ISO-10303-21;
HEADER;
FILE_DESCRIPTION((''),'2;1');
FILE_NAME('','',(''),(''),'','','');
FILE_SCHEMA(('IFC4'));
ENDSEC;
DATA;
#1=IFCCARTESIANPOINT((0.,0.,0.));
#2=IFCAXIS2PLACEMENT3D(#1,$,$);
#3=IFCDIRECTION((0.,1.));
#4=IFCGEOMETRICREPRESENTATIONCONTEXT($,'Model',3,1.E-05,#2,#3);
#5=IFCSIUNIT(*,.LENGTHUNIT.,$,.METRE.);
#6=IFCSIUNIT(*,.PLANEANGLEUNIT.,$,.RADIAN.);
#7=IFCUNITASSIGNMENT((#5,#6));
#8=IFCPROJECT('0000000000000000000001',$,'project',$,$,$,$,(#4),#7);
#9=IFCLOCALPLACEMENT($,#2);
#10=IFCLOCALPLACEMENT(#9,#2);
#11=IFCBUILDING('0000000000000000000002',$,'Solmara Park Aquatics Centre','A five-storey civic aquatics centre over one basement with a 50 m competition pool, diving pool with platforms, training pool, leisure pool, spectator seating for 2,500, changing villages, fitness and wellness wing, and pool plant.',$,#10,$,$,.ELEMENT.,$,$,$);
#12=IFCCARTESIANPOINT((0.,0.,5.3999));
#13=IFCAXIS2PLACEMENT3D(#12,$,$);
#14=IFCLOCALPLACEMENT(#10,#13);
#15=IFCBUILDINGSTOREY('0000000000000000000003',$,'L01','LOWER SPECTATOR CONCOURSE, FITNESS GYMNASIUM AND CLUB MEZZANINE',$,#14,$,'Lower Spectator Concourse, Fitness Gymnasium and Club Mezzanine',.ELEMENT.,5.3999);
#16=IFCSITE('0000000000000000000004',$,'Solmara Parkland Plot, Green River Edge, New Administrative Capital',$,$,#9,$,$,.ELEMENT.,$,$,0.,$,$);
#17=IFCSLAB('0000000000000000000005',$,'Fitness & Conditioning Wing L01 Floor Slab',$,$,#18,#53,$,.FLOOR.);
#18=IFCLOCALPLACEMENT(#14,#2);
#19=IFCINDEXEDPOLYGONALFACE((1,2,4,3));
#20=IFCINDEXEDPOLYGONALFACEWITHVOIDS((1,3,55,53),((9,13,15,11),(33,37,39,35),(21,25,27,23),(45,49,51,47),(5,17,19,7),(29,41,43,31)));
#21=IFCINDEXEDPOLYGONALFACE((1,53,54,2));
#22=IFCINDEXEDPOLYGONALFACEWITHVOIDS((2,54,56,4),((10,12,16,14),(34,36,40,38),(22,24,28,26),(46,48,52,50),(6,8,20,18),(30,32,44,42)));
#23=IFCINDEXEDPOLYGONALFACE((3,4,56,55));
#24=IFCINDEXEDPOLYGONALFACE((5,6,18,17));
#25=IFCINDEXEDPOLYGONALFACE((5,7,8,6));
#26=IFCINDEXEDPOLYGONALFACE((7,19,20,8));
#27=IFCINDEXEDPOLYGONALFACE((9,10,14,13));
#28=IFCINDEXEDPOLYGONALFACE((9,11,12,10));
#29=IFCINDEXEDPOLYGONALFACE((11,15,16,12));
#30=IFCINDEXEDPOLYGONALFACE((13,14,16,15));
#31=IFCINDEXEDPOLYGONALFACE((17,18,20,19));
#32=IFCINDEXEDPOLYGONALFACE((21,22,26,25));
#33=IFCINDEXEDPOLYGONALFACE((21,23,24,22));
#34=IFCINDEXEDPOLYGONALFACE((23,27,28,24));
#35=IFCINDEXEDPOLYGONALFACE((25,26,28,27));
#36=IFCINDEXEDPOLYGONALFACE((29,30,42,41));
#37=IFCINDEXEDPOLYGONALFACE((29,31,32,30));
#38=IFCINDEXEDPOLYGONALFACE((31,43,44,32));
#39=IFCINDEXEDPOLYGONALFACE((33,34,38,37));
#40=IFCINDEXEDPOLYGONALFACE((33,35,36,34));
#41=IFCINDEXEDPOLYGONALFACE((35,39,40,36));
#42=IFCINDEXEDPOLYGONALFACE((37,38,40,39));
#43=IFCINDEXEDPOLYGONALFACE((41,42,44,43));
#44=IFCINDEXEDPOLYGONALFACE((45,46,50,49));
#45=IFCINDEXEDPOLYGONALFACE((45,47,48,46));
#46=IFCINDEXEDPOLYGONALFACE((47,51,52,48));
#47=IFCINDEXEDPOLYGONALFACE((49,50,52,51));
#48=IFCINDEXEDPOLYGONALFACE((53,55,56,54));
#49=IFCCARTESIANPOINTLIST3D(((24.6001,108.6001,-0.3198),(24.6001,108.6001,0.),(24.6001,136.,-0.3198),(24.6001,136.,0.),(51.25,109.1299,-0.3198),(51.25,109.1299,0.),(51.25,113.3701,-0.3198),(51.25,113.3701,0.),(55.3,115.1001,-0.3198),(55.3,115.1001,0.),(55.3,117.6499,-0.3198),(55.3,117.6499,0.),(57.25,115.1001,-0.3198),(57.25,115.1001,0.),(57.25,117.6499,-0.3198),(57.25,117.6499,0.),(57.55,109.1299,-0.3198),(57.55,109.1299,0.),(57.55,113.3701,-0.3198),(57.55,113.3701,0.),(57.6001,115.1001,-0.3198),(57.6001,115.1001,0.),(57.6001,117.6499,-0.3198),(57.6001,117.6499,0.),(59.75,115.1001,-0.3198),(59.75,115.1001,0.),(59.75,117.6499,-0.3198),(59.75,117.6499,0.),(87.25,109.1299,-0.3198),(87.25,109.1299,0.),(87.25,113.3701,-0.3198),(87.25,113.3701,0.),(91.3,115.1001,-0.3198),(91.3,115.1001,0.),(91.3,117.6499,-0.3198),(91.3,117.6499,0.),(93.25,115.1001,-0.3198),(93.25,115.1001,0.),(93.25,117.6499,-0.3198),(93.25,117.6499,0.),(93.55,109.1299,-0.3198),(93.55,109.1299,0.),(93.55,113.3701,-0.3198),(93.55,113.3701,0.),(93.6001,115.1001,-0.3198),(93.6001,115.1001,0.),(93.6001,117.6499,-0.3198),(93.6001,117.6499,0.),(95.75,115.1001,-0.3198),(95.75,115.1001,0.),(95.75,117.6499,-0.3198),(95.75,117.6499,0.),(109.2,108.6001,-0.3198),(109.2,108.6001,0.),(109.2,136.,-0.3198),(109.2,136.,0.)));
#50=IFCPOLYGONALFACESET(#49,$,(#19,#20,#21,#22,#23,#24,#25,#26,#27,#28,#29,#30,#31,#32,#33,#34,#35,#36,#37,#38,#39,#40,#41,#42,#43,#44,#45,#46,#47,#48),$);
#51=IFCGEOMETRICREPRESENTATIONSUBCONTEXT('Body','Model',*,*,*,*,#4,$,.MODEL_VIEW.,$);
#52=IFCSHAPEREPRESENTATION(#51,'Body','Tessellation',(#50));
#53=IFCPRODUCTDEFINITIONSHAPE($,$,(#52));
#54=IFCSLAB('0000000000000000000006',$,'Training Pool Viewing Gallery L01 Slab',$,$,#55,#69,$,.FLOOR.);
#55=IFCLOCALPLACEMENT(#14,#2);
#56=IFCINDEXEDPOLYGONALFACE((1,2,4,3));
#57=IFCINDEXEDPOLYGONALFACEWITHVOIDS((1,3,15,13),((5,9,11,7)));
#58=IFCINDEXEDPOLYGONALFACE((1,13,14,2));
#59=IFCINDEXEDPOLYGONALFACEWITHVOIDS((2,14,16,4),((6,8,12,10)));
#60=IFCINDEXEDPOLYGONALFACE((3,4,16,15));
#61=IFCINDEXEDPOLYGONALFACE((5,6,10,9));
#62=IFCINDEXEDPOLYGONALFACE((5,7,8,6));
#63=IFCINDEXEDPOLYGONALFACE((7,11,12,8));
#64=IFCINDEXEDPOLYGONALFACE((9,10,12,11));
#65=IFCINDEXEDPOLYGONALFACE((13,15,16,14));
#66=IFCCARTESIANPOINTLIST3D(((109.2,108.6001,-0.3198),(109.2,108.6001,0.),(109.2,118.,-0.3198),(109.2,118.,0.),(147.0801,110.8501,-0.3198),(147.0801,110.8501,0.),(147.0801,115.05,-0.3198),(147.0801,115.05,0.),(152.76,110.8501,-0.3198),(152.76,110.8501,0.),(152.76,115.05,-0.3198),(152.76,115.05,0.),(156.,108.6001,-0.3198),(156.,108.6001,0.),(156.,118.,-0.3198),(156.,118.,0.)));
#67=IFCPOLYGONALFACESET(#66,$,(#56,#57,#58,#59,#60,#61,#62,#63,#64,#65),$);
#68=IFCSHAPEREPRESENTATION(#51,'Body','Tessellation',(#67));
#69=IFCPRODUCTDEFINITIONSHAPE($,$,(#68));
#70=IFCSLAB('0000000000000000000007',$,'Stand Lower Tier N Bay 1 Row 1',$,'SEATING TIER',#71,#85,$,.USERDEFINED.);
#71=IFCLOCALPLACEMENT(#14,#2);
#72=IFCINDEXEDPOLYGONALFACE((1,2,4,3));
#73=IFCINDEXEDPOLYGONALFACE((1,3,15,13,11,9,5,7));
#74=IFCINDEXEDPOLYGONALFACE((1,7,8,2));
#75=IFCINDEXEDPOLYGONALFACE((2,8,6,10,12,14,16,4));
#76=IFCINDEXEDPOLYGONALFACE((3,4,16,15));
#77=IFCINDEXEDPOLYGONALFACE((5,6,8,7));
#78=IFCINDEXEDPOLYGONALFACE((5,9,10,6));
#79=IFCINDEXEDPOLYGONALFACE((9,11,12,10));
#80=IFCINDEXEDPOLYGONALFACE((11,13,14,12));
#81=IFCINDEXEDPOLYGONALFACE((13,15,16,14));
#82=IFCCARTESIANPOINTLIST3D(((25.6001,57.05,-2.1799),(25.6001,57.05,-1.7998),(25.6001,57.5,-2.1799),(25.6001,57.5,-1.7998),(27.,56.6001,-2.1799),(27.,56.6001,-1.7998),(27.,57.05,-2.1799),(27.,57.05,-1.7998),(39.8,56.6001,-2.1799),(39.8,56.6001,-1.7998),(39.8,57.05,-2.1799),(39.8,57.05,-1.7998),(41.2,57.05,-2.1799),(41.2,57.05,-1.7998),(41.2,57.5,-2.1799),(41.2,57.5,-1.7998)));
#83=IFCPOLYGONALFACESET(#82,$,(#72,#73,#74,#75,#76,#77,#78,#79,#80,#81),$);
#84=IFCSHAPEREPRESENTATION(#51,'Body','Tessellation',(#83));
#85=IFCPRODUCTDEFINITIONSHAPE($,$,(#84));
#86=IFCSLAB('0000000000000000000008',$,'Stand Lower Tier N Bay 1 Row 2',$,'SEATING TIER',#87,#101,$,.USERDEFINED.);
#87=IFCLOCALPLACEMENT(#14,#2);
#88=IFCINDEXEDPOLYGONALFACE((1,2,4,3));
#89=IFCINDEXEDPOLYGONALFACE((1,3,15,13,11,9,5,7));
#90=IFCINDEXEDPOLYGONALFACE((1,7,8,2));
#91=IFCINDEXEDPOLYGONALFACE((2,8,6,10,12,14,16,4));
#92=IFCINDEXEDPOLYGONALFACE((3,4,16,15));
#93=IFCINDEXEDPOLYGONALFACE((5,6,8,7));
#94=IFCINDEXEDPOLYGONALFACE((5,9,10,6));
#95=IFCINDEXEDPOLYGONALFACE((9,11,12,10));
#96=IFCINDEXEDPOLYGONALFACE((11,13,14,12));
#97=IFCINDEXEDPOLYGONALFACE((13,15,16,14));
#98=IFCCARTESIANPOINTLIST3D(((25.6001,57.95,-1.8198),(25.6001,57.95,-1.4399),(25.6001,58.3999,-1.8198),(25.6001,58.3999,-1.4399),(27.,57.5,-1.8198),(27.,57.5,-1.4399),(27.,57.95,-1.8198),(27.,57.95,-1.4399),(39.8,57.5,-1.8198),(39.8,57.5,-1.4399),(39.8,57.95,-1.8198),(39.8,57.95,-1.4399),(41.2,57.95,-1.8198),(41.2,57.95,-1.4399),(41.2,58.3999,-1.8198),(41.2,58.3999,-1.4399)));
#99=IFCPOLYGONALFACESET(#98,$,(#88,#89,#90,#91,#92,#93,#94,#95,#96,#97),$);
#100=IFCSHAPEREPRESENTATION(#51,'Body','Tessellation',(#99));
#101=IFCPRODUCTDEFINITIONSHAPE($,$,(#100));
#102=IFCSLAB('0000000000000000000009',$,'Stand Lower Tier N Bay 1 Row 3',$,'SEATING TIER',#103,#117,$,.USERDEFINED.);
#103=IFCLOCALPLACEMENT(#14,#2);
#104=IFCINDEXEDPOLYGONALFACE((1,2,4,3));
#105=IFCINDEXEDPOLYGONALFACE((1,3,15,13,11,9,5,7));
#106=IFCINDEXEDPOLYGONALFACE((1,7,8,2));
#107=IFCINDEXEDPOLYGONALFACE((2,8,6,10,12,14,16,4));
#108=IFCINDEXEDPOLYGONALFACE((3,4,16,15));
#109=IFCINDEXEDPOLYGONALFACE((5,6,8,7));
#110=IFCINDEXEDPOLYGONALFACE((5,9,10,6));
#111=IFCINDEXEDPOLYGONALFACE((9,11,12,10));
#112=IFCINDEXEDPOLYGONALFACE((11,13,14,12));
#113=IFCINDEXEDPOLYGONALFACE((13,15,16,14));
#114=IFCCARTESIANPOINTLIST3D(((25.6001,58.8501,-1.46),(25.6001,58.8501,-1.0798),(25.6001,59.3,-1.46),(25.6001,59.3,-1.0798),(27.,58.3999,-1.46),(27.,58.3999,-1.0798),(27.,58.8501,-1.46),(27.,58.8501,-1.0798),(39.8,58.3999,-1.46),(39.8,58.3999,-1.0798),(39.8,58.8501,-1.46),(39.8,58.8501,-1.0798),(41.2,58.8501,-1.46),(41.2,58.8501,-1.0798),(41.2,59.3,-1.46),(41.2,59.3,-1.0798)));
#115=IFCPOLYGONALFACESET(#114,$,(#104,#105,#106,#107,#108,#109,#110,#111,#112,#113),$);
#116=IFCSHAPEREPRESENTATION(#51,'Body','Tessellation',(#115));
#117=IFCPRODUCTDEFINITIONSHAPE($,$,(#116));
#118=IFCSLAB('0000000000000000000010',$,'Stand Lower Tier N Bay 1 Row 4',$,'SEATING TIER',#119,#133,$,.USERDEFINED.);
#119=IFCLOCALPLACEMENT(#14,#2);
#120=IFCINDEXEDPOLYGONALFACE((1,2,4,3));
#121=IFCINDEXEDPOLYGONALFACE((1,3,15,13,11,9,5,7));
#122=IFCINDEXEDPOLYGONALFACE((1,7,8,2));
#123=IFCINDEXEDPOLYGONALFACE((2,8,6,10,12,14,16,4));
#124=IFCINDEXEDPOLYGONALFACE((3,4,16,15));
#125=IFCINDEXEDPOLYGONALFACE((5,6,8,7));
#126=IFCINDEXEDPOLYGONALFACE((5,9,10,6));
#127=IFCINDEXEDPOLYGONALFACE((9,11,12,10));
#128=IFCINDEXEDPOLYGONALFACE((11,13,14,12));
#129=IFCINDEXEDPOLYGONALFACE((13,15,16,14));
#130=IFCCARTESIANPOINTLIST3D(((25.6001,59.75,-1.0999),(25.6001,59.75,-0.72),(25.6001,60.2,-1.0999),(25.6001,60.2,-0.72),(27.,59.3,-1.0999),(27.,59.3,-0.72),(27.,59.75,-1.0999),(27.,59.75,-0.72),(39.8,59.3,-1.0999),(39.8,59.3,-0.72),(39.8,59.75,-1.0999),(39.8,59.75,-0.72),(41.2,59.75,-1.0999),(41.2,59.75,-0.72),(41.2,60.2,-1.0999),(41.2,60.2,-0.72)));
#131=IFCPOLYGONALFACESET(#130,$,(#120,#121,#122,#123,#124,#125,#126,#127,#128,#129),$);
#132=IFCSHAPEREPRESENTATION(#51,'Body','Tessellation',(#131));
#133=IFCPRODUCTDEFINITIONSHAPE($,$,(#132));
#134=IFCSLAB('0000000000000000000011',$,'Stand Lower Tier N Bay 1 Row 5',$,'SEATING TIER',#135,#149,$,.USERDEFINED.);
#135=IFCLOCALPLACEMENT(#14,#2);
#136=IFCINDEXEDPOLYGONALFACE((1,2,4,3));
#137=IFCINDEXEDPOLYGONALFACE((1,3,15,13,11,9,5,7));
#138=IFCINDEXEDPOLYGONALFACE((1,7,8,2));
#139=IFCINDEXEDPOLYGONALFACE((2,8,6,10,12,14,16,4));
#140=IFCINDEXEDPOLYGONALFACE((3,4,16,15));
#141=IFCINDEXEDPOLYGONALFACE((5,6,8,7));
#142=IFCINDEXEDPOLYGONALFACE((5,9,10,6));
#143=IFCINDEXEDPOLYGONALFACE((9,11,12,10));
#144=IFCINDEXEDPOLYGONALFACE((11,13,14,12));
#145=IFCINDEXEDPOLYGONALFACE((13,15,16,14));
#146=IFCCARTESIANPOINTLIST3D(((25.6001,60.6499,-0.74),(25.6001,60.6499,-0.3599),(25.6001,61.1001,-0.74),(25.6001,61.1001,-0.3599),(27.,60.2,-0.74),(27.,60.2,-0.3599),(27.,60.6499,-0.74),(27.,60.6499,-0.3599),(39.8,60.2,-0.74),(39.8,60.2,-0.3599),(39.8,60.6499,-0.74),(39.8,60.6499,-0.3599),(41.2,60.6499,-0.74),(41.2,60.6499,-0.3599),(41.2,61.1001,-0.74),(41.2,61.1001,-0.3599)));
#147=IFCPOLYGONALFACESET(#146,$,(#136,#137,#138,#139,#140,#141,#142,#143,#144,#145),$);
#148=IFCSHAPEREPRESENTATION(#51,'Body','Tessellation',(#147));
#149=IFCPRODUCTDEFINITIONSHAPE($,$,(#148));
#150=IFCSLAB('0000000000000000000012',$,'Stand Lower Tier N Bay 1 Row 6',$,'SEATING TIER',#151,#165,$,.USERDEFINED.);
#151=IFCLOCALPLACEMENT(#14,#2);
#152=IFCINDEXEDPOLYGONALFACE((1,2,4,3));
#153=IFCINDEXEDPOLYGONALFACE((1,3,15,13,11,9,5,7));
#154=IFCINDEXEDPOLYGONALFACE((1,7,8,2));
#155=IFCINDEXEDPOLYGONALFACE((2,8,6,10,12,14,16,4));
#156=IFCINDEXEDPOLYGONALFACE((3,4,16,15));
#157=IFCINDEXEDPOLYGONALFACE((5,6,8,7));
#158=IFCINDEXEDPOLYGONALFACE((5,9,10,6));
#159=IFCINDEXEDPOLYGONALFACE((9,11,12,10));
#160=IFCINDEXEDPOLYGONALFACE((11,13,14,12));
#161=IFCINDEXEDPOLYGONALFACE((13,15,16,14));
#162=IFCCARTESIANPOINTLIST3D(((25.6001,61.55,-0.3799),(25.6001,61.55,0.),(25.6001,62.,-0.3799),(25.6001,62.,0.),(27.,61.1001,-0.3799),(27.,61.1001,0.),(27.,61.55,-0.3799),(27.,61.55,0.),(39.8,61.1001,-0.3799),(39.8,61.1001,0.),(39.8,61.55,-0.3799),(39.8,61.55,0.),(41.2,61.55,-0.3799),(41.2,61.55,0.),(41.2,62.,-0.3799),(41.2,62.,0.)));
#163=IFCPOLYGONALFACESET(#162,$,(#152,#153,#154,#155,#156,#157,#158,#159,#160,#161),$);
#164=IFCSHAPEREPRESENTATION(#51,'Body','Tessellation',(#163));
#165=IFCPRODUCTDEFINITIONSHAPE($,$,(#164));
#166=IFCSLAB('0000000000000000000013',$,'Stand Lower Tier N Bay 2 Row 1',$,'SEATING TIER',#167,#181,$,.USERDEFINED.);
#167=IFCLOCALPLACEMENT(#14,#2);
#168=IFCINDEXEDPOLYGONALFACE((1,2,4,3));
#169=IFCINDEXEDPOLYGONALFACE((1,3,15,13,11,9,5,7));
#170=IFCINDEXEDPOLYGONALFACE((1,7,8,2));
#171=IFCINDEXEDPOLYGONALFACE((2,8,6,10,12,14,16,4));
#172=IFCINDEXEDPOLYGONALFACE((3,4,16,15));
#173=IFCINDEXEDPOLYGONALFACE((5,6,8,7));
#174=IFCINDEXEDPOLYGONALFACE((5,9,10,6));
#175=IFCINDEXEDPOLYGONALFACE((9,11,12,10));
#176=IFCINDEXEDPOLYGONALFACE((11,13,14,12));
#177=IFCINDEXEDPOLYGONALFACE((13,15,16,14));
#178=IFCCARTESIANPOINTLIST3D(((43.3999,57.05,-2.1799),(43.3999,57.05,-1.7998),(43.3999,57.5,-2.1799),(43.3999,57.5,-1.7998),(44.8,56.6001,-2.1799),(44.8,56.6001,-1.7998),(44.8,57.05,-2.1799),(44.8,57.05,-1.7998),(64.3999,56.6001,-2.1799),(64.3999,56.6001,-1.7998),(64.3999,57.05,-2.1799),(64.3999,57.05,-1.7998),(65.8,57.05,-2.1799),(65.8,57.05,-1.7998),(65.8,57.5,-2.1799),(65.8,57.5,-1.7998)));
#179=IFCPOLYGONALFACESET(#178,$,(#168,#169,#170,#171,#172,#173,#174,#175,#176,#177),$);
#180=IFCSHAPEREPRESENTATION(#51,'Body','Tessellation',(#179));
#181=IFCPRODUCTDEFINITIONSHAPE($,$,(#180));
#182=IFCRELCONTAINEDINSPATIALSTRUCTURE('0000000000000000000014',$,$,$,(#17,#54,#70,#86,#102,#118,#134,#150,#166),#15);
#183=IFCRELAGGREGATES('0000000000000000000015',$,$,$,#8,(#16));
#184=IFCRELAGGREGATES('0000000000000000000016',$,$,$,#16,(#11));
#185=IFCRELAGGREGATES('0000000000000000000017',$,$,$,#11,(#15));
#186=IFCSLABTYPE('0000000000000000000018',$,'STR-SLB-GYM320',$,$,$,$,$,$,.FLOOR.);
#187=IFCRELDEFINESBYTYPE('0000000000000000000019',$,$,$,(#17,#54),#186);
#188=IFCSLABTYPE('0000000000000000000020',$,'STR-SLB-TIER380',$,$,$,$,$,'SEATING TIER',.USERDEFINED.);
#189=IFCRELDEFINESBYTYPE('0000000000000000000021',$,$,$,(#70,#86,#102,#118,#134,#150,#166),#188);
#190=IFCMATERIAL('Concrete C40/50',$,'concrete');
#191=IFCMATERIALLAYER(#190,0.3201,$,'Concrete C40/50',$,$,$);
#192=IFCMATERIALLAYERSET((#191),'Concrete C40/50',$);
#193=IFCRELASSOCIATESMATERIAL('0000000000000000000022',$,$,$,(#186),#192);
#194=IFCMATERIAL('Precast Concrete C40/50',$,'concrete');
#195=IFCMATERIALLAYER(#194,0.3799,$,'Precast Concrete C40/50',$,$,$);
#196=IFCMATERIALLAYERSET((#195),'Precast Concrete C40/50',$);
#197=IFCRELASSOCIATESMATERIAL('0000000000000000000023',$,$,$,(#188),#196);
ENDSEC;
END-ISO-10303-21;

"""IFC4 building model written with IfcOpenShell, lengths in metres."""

from ifc_helpers import new_model, si_unit, direction, frame, origin, place, context, subcontext, project, spatial, polyline, outline, extrude, material, layer, layer_set, type_object, element, save


model = new_model("IFC4")

# Units and contexts
model_context = context("Model", 3, precision=1e-05, world=origin(), true_north=direction((0.0, 1.0)))
body_context = subcontext(model_context, "Body", "Model", "MODEL_VIEW")
ifc_project = project(units=[si_unit("LENGTHUNIT", "METRE"), si_unit("PLANEANGLEUNIT", "RADIAN")], contexts=[model_context])

# Site, building, storey
site_placement = place(None, origin())
site = spatial("IfcSite", under=ifc_project, at=site_placement, Name="Solmara Parkland Plot, Green River Edge, New Administrative Capital", CompositionType="ELEMENT", RefElevation=0.0)
building_placement = place(site_placement, origin())
building = spatial("IfcBuilding", under=site, at=building_placement, Name="Solmara Park Aquatics Centre", Description="A five-storey civic aquatics centre over one basement with a 50 m competition pool, diving pool with platforms, training pool, leisure pool, spectator seating for 2,500, changing villages, fitness and wellness wing, and pool plant.", CompositionType="ELEMENT")
storey_placement = place(building_placement, frame((0.0, 0.0, 5.3999)))
storey = spatial("IfcBuildingStorey", under=building, at=storey_placement, Name="L01", Description="LOWER SPECTATOR CONCOURSE, FITNESS GYMNASIUM AND CLUB MEZZANINE", LongName="Lower Spectator Concourse, Fitness Gymnasium and Club Mezzanine", CompositionType="ELEMENT", Elevation=5.3999)

# Slabs
ifc_material_1 = material(Name="Concrete C40/50", Category="concrete")
ifc_layer_1 = layer(ifc_material_1, 0.3201, Name="Concrete C40/50")
ifc_layer_set_1 = layer_set([ifc_layer_1], Name="Concrete C40/50")
slab_type_1 = type_object("IfcSlabType", Name="STR-SLB-GYM320", PredefinedType="FLOOR", material=ifc_layer_set_1)
slab_1_placement = place(storey_placement, frame((0.0, 0.0, -0.3198)))
element("IfcSlab", 1, at=slab_1_placement, inside=storey, type_object=slab_type_1, Name="Fitness & Conditioning Wing L01 Floor Slab", PredefinedType="FLOOR", context=body_context, shape_type="SweptSolid", body=[
    extrude(outline(polyline([(24.6001, 108.6001), (109.2, 108.6001), (109.2, 136.0), (24.6001, 136.0), (24.6001, 108.6001)]), holes=[polyline([(51.25, 109.1299), (57.55, 109.1299), (57.55, 113.3701), (51.25, 113.3701), (51.25, 109.1299)]), polyline([(57.6001, 115.1001), (59.75, 115.1001), (59.75, 117.6499), (57.6001, 117.6499), (57.6001, 115.1001)]), polyline([(55.3, 115.1001), (57.25, 115.1001), (57.25, 117.6499), (55.3, 117.6499), (55.3, 115.1001)]), polyline([(87.25, 109.1299), (93.55, 109.1299), (93.55, 113.3701), (87.25, 113.3701), (87.25, 109.1299)]), polyline([(93.6001, 115.1001), (95.75, 115.1001), (95.75, 117.6499), (93.6001, 117.6499), (93.6001, 115.1001)]), polyline([(91.3, 115.1001), (93.25, 115.1001), (93.25, 117.6499), (91.3, 117.6499), (91.3, 115.1001)])]), origin(), (0.0, 0.0, 1.0), 0.3198),
])
slab_2_placement = place(storey_placement, frame((0.0, 0.0, -0.3198)))
element("IfcSlab", 2, at=slab_2_placement, inside=storey, type_object=slab_type_1, Name="Training Pool Viewing Gallery L01 Slab", PredefinedType="FLOOR", context=body_context, shape_type="SweptSolid", body=[
    extrude(outline(polyline([(109.2, 108.6001), (156.0, 108.6001), (156.0, 118.0), (109.2, 118.0), (109.2, 108.6001)]), holes=[polyline([(147.0801, 110.8501), (152.76, 110.8501), (152.76, 115.05), (147.0801, 115.05), (147.0801, 110.8501)])]), origin(), (0.0, 0.0, 1.0), 0.3198),
])
ifc_material_2 = material(Name="Precast Concrete C40/50", Category="concrete")
ifc_layer_2 = layer(ifc_material_2, 0.3799, Name="Precast Concrete C40/50")
ifc_layer_set_2 = layer_set([ifc_layer_2], Name="Precast Concrete C40/50")
slab_type_2 = type_object("IfcSlabType", Name="STR-SLB-TIER380", ElementType="SEATING TIER", PredefinedType="USERDEFINED", material=ifc_layer_set_2)
slab_3_placement = place(storey_placement, frame((0.0, 0.0, -2.1799)))
element("IfcSlab", 3, at=slab_3_placement, inside=storey, type_object=slab_type_2, Name="Stand Lower Tier N Bay 1 Row 1", ObjectType="SEATING TIER", PredefinedType="USERDEFINED", context=body_context, shape_type="SweptSolid", body=[
    extrude(outline(polyline([(27.0, 56.6001), (39.8, 56.6001), (39.8, 57.05), (41.2, 57.05), (41.2, 57.5), (25.6001, 57.5), (25.6001, 57.05), (27.0, 57.05), (27.0, 56.6001)])), origin(), (0.0, 0.0, 1.0), 0.3801),
])
slab_4_placement = place(storey_placement, frame((0.0, 0.0, -1.8198)))
element("IfcSlab", 4, at=slab_4_placement, inside=storey, type_object=slab_type_2, Name="Stand Lower Tier N Bay 1 Row 2", ObjectType="SEATING TIER", PredefinedType="USERDEFINED", context=body_context, shape_type="SweptSolid", body=[
    extrude(outline(polyline([(27.0, 57.5), (39.8, 57.5), (39.8, 57.95), (41.2, 57.95), (41.2, 58.3999), (25.6001, 58.3999), (25.6001, 57.95), (27.0, 57.95), (27.0, 57.5)])), origin(), (0.0, 0.0, 1.0), 0.3799),
])
slab_5_placement = place(storey_placement, frame((0.0, 0.0, -1.46)))
element("IfcSlab", 5, at=slab_5_placement, inside=storey, type_object=slab_type_2, Name="Stand Lower Tier N Bay 1 Row 3", ObjectType="SEATING TIER", PredefinedType="USERDEFINED", context=body_context, shape_type="SweptSolid", body=[
    extrude(outline(polyline([(27.0, 58.3999), (39.8, 58.3999), (39.8, 58.8501), (41.2, 58.8501), (41.2, 59.3), (25.6001, 59.3), (25.6001, 58.8501), (27.0, 58.8501), (27.0, 58.3999)])), origin(), (0.0, 0.0, 1.0), 0.3801),
])
slab_6_placement = place(storey_placement, frame((0.0, 0.0, -1.0999)))
element("IfcSlab", 6, at=slab_6_placement, inside=storey, type_object=slab_type_2, Name="Stand Lower Tier N Bay 1 Row 4", ObjectType="SEATING TIER", PredefinedType="USERDEFINED", context=body_context, shape_type="SweptSolid", body=[
    extrude(outline(polyline([(27.0, 59.3), (39.8, 59.3), (39.8, 59.75), (41.2, 59.75), (41.2, 60.2), (25.6001, 60.2), (25.6001, 59.75), (27.0, 59.75), (27.0, 59.3)])), origin(), (0.0, 0.0, 1.0), 0.3799),
])
slab_7_placement = place(storey_placement, frame((0.0, 0.0, -0.74)))
element("IfcSlab", 7, at=slab_7_placement, inside=storey, type_object=slab_type_2, Name="Stand Lower Tier N Bay 1 Row 5", ObjectType="SEATING TIER", PredefinedType="USERDEFINED", context=body_context, shape_type="SweptSolid", body=[
    extrude(outline(polyline([(27.0, 60.2), (39.8, 60.2), (39.8, 60.6499), (41.2, 60.6499), (41.2, 61.1001), (25.6001, 61.1001), (25.6001, 60.6499), (27.0, 60.6499), (27.0, 60.2)])), origin(), (0.0, 0.0, 1.0), 0.3801),
])
slab_8_placement = place(storey_placement, frame((0.0, 0.0, -0.3799)))
element("IfcSlab", 8, at=slab_8_placement, inside=storey, type_object=slab_type_2, Name="Stand Lower Tier N Bay 1 Row 6", ObjectType="SEATING TIER", PredefinedType="USERDEFINED", context=body_context, shape_type="SweptSolid", body=[
    extrude(outline(polyline([(27.0, 61.1001), (39.8, 61.1001), (39.8, 61.55), (41.2, 61.55), (41.2, 62.0), (25.6001, 62.0), (25.6001, 61.55), (27.0, 61.55), (27.0, 61.1001)])), origin(), (0.0, 0.0, 1.0), 0.3799),
])
slab_9_placement = place(storey_placement, frame((0.0, 0.0, -2.1799)))
element("IfcSlab", 9, at=slab_9_placement, inside=storey, type_object=slab_type_2, Name="Stand Lower Tier N Bay 2 Row 1", ObjectType="SEATING TIER", PredefinedType="USERDEFINED", context=body_context, shape_type="SweptSolid", body=[
    extrude(outline(polyline([(44.8, 56.6001), (64.3999, 56.6001), (64.3999, 57.05), (65.8, 57.05), (65.8, 57.5), (43.3999, 57.5), (43.3999, 57.05), (44.8, 57.05), (44.8, 56.6001)])), origin(), (0.0, 0.0, 1.0), 0.3801),
])

save(model, "model.ifc")
